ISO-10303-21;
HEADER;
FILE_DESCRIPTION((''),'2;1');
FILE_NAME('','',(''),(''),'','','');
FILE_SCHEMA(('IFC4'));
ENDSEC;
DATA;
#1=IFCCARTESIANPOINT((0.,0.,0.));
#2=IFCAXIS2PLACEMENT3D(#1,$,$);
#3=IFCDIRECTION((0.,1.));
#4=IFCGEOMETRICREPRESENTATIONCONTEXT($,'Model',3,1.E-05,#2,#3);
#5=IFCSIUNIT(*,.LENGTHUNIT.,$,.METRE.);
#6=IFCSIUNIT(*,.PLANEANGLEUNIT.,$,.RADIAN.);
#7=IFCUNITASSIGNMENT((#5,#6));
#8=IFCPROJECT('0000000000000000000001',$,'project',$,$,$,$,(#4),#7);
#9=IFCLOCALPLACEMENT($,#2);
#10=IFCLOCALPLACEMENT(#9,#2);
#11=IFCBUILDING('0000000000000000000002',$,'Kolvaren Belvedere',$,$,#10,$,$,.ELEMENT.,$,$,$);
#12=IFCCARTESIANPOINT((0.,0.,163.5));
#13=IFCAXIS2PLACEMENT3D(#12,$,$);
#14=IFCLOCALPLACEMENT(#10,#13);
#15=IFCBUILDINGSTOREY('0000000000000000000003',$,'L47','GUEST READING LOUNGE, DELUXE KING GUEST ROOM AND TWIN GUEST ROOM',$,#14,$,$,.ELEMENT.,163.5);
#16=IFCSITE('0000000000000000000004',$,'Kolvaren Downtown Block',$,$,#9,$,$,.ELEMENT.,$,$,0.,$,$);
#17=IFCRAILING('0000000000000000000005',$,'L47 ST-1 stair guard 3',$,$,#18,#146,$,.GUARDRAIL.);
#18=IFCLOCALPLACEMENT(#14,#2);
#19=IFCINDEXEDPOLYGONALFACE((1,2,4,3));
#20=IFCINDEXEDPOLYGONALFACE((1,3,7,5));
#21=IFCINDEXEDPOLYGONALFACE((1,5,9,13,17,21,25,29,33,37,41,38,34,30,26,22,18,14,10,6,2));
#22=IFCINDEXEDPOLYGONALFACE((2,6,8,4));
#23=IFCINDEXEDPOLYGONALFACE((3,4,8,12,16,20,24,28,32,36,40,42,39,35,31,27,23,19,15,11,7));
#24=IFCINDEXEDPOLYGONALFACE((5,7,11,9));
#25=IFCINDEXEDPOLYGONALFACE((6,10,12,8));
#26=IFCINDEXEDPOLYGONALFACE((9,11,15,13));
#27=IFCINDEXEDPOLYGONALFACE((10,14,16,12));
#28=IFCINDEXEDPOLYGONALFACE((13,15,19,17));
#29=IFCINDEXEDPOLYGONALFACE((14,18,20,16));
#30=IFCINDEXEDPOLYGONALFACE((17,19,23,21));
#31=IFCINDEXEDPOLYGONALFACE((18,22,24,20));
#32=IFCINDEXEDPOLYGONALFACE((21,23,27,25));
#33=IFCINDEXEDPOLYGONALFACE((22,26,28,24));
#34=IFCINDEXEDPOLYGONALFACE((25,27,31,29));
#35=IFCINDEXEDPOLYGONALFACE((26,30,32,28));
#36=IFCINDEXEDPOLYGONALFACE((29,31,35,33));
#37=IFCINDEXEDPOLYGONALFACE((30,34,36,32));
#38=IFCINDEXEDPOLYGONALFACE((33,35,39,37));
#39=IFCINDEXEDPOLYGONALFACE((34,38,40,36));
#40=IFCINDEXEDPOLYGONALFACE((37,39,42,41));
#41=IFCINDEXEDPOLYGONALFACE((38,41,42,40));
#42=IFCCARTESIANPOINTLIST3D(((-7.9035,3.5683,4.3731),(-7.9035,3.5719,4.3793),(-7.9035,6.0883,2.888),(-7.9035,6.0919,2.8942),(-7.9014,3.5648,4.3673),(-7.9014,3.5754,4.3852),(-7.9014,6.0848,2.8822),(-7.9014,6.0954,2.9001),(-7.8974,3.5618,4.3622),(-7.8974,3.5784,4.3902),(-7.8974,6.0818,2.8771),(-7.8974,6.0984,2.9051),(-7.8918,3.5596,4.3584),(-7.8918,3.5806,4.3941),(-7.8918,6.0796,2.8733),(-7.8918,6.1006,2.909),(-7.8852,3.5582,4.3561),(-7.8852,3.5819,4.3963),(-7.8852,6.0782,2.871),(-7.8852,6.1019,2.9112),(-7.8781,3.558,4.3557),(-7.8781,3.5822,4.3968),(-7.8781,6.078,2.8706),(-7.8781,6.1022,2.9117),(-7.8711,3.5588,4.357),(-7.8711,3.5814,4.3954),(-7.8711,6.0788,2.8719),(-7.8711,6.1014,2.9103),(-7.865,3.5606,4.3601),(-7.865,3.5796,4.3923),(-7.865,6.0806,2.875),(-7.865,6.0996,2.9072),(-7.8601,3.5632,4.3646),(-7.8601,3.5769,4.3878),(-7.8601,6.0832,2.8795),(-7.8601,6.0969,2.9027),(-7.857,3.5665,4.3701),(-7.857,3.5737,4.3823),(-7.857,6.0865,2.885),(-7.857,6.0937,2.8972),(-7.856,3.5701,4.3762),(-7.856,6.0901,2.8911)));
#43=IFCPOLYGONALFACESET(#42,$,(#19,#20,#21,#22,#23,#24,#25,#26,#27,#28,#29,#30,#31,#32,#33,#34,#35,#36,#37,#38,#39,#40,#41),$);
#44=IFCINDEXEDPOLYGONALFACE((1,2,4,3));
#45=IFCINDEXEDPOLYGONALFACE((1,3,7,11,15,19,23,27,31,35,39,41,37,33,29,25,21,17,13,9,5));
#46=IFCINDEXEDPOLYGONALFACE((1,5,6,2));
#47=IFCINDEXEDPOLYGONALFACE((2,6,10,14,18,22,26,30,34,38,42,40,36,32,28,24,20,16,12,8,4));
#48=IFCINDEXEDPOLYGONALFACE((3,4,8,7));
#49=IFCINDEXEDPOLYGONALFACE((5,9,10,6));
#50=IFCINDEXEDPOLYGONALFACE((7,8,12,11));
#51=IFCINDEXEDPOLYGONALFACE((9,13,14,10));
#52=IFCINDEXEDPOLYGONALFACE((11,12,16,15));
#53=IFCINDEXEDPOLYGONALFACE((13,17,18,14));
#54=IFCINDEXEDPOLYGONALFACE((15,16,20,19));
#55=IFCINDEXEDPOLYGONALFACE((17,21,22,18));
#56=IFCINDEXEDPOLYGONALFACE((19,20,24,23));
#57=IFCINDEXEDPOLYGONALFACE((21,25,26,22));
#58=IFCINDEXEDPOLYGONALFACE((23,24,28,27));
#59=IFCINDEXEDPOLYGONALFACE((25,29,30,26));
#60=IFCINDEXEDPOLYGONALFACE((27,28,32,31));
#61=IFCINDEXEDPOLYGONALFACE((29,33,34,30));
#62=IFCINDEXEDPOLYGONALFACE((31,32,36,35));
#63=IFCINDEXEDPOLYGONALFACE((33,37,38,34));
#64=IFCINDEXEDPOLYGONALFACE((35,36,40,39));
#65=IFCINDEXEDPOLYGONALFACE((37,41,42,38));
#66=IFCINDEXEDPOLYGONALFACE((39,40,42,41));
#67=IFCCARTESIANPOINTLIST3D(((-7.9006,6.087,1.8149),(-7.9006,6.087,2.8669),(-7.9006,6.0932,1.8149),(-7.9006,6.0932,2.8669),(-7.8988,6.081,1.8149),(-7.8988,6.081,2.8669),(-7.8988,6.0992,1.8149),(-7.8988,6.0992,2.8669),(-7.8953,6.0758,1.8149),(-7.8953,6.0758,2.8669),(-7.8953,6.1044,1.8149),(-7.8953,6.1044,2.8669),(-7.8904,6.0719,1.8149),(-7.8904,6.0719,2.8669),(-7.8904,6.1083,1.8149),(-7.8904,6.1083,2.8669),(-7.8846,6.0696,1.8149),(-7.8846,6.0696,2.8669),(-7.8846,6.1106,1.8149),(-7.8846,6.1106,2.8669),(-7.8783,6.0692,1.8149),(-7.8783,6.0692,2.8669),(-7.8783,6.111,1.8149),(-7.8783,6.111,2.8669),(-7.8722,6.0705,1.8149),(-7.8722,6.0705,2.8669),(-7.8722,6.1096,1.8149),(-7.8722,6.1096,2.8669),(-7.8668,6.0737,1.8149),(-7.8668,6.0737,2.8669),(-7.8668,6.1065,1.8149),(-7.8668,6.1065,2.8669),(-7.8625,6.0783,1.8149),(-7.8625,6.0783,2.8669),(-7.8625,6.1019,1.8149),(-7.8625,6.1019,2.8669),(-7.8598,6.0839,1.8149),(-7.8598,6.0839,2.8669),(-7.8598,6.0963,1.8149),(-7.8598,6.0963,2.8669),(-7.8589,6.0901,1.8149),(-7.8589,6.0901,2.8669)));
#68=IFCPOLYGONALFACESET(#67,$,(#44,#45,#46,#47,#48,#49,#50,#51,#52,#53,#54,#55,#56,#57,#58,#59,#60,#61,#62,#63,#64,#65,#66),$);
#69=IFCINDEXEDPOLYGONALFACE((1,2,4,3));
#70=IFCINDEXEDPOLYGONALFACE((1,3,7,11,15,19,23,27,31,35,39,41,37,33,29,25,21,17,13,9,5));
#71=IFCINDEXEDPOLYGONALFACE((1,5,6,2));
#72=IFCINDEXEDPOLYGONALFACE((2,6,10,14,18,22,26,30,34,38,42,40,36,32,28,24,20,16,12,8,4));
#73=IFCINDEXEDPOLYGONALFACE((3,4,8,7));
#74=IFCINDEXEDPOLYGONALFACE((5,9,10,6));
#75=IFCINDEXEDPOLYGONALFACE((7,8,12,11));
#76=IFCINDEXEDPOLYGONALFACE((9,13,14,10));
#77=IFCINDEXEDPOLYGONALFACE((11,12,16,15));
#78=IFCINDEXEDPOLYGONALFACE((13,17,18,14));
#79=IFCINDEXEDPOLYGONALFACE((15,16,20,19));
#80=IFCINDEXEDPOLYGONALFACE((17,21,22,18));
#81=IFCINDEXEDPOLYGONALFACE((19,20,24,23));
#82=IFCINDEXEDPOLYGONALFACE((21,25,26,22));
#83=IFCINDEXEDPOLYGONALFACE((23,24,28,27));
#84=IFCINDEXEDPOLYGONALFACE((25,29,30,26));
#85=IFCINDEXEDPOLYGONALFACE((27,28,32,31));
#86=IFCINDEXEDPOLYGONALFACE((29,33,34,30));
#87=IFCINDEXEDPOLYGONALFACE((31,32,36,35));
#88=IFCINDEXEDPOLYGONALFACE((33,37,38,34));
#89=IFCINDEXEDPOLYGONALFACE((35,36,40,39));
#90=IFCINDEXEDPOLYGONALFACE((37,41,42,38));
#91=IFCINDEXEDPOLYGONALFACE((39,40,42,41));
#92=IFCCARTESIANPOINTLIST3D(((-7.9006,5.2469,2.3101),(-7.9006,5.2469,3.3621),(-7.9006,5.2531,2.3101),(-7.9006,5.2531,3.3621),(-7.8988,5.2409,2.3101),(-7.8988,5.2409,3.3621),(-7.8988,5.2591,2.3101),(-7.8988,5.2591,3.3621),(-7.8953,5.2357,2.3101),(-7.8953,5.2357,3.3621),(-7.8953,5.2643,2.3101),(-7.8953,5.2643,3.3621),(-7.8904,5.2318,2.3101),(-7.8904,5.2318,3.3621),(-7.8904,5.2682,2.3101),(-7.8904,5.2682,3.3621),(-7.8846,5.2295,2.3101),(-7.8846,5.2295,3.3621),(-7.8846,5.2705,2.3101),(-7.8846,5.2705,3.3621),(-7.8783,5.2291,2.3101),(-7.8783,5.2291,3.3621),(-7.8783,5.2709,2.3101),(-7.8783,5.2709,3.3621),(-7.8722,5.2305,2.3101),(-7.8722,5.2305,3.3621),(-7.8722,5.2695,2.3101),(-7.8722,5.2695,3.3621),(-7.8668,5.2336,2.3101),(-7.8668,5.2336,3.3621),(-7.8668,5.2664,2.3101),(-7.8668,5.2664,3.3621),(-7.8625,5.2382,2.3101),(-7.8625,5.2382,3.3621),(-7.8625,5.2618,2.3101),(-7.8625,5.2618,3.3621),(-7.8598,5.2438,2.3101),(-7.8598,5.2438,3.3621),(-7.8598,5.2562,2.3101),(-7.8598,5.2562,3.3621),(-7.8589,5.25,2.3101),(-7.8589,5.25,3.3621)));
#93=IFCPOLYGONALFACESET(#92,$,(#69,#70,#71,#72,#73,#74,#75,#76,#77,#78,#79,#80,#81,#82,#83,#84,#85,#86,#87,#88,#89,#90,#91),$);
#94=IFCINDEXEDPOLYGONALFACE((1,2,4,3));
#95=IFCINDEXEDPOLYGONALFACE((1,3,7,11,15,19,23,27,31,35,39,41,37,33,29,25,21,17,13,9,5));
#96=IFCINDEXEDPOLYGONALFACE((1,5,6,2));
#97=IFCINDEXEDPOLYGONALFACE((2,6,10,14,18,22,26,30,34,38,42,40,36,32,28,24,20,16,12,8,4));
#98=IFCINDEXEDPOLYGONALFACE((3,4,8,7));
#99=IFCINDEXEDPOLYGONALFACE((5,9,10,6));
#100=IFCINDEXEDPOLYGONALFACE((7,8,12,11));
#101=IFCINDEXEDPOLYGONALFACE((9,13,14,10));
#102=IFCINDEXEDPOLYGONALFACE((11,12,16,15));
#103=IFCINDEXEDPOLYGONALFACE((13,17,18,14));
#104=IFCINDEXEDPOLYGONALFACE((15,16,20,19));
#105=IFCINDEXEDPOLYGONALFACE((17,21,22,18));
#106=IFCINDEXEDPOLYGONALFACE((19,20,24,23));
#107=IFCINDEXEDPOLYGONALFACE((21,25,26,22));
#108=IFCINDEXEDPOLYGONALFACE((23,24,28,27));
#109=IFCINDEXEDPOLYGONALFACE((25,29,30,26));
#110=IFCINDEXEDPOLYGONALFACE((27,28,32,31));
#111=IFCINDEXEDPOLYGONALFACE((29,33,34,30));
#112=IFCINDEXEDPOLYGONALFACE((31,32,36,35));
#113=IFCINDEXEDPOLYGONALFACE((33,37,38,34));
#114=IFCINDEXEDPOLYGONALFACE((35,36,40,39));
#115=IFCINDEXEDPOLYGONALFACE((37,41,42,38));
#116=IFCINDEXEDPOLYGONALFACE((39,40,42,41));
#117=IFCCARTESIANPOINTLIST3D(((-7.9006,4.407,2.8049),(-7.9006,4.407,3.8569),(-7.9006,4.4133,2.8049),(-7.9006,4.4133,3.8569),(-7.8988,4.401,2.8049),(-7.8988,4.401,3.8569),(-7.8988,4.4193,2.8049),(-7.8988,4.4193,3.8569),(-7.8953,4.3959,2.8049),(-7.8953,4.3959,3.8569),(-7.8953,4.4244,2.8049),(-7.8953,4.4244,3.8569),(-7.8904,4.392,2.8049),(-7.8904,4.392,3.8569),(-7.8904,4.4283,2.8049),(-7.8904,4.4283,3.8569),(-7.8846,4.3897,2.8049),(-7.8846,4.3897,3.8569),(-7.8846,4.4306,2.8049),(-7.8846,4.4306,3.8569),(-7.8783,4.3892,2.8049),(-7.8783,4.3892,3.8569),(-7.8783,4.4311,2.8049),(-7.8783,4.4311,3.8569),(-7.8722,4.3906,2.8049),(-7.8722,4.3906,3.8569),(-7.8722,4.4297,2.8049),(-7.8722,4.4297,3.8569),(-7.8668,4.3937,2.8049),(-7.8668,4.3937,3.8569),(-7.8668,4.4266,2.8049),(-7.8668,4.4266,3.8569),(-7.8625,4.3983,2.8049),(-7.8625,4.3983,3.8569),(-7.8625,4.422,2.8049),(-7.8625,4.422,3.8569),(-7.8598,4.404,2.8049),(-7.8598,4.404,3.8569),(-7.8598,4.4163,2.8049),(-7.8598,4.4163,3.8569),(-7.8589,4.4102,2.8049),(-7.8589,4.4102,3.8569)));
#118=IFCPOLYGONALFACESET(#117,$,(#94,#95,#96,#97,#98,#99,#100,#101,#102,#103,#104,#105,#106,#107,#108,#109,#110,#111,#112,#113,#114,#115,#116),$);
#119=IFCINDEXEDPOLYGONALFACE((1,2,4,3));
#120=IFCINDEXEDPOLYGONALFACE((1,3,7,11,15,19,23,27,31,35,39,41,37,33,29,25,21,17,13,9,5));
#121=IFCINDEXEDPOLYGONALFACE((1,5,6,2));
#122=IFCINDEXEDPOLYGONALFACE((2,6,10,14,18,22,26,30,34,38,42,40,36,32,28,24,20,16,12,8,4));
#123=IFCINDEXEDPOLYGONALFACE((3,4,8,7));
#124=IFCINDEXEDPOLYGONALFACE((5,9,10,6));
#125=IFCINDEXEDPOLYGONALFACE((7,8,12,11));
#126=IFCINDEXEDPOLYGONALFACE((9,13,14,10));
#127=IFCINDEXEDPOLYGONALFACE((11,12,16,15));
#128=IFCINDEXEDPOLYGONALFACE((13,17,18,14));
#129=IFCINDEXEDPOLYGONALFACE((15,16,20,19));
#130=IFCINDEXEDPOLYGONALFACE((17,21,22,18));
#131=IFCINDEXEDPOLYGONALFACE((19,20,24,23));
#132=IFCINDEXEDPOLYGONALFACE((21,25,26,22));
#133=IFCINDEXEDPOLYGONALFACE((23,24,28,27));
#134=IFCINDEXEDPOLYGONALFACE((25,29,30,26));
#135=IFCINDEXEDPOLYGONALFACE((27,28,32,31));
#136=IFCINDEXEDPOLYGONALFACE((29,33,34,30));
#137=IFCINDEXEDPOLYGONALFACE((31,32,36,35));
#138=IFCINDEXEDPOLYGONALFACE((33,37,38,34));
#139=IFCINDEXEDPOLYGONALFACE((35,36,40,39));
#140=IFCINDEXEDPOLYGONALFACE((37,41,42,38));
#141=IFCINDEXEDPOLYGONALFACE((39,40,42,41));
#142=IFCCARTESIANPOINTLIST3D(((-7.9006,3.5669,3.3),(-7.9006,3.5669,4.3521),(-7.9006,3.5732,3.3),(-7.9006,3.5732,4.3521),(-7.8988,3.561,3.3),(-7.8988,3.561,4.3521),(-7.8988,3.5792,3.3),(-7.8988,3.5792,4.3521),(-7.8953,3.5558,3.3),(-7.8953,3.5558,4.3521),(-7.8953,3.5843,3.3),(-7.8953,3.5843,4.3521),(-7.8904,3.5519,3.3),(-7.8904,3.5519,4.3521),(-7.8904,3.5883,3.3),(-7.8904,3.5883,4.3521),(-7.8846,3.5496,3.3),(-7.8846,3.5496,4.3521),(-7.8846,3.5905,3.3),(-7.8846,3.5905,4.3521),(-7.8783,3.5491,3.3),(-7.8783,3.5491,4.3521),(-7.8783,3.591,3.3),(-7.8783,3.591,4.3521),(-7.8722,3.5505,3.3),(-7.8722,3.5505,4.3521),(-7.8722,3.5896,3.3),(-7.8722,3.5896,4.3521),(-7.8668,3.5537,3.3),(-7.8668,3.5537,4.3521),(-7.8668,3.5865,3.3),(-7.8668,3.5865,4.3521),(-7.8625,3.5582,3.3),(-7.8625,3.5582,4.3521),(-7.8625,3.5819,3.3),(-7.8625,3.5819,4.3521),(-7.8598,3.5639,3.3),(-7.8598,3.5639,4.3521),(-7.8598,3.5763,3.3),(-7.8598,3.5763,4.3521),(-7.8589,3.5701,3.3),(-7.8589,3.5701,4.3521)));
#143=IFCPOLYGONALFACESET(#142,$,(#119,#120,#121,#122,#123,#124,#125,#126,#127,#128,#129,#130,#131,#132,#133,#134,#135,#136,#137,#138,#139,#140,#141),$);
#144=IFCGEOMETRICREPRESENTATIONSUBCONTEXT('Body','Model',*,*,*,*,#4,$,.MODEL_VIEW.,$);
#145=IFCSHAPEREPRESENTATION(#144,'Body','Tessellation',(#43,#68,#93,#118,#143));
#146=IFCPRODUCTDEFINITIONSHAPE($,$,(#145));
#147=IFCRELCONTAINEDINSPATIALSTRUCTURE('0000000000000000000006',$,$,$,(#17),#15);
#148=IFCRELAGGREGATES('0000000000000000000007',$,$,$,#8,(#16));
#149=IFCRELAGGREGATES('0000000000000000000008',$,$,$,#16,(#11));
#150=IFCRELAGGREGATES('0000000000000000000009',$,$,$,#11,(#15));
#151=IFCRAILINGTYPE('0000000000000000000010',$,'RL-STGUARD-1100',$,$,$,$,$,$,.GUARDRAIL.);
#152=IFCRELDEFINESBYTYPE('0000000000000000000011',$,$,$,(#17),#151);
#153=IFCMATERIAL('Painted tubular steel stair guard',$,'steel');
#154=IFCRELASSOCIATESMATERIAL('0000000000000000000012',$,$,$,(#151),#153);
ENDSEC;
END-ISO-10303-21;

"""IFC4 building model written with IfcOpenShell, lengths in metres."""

from ifc_helpers import new_model, si_unit, direction, frame, origin, origin_2d, place, context, subcontext, project, spatial, circle, extrude, material, type_object, element, save


model = new_model("IFC4")

# Units and contexts
model_context = context("Model", 3, precision=1e-05, world=origin(), true_north=direction((0.0, 1.0)))
body_context = subcontext(model_context, "Body", "Model", "MODEL_VIEW")
ifc_project = project(units=[si_unit("LENGTHUNIT", "METRE"), si_unit("PLANEANGLEUNIT", "RADIAN")], contexts=[model_context])

# Site, building, storey
site_placement = place(None, origin())
site = spatial("IfcSite", under=ifc_project, at=site_placement, Name="Kolvaren Downtown Block", CompositionType="ELEMENT", RefElevation=0.0)
building_placement = place(site_placement, origin())
building = spatial("IfcBuilding", under=site, at=building_placement, Name="Kolvaren Belvedere", CompositionType="ELEMENT")
storey_placement = place(building_placement, frame((0.0, 0.0, 163.5)))
storey = spatial("IfcBuildingStorey", under=building, at=storey_placement, Name="L47", Description="GUEST READING LOUNGE, DELUXE KING GUEST ROOM AND TWIN GUEST ROOM", CompositionType="ELEMENT", Elevation=163.5)

# Railing
ifc_material_1 = material(Name="Painted tubular steel stair guard", Category="steel")
railing_type_1 = type_object("IfcRailingType", Name="RL-STGUARD-1100", PredefinedType="GUARDRAIL", material=ifc_material_1)
railing_1_placement = place(storey_placement, frame((-7.8799, 6.0901, 1.8149)))
element("IfcRailing", 1, at=railing_1_placement, inside=storey, type_object=railing_type_1, Name="L47 ST-1 stair guard 3", PredefinedType="GUARDRAIL", context=body_context, shape_type="SweptSolid", body=[
    extrude(circle(Radius=0.0239, at=origin_2d()), frame((0.0, 0.0, 1.0762), z_axis=(0.0, -0.861524, 0.507717), x_axis=(1.0, 0.0, 0.0)), (0.0, 0.0, 1.0), 2.925),
    extrude(circle(Radius=0.021, at=origin_2d()), origin(), (0.0, 0.0, 1.0), 1.052),
    extrude(circle(Radius=0.021, at=origin_2d()), frame((0.0, -0.8401, 0.4951)), (0.0, 0.0, 1.0), 1.052),
    extrude(circle(Radius=0.021, at=origin_2d()), frame((0.0, -1.6799, 0.99)), (0.0, 0.0, 1.0), 1.052),
    extrude(circle(Radius=0.021, at=origin_2d()), frame((0.0, -2.52, 1.4851)), (0.0, 0.0, 1.0), 1.052),
])

save(model, "model.ifc")
